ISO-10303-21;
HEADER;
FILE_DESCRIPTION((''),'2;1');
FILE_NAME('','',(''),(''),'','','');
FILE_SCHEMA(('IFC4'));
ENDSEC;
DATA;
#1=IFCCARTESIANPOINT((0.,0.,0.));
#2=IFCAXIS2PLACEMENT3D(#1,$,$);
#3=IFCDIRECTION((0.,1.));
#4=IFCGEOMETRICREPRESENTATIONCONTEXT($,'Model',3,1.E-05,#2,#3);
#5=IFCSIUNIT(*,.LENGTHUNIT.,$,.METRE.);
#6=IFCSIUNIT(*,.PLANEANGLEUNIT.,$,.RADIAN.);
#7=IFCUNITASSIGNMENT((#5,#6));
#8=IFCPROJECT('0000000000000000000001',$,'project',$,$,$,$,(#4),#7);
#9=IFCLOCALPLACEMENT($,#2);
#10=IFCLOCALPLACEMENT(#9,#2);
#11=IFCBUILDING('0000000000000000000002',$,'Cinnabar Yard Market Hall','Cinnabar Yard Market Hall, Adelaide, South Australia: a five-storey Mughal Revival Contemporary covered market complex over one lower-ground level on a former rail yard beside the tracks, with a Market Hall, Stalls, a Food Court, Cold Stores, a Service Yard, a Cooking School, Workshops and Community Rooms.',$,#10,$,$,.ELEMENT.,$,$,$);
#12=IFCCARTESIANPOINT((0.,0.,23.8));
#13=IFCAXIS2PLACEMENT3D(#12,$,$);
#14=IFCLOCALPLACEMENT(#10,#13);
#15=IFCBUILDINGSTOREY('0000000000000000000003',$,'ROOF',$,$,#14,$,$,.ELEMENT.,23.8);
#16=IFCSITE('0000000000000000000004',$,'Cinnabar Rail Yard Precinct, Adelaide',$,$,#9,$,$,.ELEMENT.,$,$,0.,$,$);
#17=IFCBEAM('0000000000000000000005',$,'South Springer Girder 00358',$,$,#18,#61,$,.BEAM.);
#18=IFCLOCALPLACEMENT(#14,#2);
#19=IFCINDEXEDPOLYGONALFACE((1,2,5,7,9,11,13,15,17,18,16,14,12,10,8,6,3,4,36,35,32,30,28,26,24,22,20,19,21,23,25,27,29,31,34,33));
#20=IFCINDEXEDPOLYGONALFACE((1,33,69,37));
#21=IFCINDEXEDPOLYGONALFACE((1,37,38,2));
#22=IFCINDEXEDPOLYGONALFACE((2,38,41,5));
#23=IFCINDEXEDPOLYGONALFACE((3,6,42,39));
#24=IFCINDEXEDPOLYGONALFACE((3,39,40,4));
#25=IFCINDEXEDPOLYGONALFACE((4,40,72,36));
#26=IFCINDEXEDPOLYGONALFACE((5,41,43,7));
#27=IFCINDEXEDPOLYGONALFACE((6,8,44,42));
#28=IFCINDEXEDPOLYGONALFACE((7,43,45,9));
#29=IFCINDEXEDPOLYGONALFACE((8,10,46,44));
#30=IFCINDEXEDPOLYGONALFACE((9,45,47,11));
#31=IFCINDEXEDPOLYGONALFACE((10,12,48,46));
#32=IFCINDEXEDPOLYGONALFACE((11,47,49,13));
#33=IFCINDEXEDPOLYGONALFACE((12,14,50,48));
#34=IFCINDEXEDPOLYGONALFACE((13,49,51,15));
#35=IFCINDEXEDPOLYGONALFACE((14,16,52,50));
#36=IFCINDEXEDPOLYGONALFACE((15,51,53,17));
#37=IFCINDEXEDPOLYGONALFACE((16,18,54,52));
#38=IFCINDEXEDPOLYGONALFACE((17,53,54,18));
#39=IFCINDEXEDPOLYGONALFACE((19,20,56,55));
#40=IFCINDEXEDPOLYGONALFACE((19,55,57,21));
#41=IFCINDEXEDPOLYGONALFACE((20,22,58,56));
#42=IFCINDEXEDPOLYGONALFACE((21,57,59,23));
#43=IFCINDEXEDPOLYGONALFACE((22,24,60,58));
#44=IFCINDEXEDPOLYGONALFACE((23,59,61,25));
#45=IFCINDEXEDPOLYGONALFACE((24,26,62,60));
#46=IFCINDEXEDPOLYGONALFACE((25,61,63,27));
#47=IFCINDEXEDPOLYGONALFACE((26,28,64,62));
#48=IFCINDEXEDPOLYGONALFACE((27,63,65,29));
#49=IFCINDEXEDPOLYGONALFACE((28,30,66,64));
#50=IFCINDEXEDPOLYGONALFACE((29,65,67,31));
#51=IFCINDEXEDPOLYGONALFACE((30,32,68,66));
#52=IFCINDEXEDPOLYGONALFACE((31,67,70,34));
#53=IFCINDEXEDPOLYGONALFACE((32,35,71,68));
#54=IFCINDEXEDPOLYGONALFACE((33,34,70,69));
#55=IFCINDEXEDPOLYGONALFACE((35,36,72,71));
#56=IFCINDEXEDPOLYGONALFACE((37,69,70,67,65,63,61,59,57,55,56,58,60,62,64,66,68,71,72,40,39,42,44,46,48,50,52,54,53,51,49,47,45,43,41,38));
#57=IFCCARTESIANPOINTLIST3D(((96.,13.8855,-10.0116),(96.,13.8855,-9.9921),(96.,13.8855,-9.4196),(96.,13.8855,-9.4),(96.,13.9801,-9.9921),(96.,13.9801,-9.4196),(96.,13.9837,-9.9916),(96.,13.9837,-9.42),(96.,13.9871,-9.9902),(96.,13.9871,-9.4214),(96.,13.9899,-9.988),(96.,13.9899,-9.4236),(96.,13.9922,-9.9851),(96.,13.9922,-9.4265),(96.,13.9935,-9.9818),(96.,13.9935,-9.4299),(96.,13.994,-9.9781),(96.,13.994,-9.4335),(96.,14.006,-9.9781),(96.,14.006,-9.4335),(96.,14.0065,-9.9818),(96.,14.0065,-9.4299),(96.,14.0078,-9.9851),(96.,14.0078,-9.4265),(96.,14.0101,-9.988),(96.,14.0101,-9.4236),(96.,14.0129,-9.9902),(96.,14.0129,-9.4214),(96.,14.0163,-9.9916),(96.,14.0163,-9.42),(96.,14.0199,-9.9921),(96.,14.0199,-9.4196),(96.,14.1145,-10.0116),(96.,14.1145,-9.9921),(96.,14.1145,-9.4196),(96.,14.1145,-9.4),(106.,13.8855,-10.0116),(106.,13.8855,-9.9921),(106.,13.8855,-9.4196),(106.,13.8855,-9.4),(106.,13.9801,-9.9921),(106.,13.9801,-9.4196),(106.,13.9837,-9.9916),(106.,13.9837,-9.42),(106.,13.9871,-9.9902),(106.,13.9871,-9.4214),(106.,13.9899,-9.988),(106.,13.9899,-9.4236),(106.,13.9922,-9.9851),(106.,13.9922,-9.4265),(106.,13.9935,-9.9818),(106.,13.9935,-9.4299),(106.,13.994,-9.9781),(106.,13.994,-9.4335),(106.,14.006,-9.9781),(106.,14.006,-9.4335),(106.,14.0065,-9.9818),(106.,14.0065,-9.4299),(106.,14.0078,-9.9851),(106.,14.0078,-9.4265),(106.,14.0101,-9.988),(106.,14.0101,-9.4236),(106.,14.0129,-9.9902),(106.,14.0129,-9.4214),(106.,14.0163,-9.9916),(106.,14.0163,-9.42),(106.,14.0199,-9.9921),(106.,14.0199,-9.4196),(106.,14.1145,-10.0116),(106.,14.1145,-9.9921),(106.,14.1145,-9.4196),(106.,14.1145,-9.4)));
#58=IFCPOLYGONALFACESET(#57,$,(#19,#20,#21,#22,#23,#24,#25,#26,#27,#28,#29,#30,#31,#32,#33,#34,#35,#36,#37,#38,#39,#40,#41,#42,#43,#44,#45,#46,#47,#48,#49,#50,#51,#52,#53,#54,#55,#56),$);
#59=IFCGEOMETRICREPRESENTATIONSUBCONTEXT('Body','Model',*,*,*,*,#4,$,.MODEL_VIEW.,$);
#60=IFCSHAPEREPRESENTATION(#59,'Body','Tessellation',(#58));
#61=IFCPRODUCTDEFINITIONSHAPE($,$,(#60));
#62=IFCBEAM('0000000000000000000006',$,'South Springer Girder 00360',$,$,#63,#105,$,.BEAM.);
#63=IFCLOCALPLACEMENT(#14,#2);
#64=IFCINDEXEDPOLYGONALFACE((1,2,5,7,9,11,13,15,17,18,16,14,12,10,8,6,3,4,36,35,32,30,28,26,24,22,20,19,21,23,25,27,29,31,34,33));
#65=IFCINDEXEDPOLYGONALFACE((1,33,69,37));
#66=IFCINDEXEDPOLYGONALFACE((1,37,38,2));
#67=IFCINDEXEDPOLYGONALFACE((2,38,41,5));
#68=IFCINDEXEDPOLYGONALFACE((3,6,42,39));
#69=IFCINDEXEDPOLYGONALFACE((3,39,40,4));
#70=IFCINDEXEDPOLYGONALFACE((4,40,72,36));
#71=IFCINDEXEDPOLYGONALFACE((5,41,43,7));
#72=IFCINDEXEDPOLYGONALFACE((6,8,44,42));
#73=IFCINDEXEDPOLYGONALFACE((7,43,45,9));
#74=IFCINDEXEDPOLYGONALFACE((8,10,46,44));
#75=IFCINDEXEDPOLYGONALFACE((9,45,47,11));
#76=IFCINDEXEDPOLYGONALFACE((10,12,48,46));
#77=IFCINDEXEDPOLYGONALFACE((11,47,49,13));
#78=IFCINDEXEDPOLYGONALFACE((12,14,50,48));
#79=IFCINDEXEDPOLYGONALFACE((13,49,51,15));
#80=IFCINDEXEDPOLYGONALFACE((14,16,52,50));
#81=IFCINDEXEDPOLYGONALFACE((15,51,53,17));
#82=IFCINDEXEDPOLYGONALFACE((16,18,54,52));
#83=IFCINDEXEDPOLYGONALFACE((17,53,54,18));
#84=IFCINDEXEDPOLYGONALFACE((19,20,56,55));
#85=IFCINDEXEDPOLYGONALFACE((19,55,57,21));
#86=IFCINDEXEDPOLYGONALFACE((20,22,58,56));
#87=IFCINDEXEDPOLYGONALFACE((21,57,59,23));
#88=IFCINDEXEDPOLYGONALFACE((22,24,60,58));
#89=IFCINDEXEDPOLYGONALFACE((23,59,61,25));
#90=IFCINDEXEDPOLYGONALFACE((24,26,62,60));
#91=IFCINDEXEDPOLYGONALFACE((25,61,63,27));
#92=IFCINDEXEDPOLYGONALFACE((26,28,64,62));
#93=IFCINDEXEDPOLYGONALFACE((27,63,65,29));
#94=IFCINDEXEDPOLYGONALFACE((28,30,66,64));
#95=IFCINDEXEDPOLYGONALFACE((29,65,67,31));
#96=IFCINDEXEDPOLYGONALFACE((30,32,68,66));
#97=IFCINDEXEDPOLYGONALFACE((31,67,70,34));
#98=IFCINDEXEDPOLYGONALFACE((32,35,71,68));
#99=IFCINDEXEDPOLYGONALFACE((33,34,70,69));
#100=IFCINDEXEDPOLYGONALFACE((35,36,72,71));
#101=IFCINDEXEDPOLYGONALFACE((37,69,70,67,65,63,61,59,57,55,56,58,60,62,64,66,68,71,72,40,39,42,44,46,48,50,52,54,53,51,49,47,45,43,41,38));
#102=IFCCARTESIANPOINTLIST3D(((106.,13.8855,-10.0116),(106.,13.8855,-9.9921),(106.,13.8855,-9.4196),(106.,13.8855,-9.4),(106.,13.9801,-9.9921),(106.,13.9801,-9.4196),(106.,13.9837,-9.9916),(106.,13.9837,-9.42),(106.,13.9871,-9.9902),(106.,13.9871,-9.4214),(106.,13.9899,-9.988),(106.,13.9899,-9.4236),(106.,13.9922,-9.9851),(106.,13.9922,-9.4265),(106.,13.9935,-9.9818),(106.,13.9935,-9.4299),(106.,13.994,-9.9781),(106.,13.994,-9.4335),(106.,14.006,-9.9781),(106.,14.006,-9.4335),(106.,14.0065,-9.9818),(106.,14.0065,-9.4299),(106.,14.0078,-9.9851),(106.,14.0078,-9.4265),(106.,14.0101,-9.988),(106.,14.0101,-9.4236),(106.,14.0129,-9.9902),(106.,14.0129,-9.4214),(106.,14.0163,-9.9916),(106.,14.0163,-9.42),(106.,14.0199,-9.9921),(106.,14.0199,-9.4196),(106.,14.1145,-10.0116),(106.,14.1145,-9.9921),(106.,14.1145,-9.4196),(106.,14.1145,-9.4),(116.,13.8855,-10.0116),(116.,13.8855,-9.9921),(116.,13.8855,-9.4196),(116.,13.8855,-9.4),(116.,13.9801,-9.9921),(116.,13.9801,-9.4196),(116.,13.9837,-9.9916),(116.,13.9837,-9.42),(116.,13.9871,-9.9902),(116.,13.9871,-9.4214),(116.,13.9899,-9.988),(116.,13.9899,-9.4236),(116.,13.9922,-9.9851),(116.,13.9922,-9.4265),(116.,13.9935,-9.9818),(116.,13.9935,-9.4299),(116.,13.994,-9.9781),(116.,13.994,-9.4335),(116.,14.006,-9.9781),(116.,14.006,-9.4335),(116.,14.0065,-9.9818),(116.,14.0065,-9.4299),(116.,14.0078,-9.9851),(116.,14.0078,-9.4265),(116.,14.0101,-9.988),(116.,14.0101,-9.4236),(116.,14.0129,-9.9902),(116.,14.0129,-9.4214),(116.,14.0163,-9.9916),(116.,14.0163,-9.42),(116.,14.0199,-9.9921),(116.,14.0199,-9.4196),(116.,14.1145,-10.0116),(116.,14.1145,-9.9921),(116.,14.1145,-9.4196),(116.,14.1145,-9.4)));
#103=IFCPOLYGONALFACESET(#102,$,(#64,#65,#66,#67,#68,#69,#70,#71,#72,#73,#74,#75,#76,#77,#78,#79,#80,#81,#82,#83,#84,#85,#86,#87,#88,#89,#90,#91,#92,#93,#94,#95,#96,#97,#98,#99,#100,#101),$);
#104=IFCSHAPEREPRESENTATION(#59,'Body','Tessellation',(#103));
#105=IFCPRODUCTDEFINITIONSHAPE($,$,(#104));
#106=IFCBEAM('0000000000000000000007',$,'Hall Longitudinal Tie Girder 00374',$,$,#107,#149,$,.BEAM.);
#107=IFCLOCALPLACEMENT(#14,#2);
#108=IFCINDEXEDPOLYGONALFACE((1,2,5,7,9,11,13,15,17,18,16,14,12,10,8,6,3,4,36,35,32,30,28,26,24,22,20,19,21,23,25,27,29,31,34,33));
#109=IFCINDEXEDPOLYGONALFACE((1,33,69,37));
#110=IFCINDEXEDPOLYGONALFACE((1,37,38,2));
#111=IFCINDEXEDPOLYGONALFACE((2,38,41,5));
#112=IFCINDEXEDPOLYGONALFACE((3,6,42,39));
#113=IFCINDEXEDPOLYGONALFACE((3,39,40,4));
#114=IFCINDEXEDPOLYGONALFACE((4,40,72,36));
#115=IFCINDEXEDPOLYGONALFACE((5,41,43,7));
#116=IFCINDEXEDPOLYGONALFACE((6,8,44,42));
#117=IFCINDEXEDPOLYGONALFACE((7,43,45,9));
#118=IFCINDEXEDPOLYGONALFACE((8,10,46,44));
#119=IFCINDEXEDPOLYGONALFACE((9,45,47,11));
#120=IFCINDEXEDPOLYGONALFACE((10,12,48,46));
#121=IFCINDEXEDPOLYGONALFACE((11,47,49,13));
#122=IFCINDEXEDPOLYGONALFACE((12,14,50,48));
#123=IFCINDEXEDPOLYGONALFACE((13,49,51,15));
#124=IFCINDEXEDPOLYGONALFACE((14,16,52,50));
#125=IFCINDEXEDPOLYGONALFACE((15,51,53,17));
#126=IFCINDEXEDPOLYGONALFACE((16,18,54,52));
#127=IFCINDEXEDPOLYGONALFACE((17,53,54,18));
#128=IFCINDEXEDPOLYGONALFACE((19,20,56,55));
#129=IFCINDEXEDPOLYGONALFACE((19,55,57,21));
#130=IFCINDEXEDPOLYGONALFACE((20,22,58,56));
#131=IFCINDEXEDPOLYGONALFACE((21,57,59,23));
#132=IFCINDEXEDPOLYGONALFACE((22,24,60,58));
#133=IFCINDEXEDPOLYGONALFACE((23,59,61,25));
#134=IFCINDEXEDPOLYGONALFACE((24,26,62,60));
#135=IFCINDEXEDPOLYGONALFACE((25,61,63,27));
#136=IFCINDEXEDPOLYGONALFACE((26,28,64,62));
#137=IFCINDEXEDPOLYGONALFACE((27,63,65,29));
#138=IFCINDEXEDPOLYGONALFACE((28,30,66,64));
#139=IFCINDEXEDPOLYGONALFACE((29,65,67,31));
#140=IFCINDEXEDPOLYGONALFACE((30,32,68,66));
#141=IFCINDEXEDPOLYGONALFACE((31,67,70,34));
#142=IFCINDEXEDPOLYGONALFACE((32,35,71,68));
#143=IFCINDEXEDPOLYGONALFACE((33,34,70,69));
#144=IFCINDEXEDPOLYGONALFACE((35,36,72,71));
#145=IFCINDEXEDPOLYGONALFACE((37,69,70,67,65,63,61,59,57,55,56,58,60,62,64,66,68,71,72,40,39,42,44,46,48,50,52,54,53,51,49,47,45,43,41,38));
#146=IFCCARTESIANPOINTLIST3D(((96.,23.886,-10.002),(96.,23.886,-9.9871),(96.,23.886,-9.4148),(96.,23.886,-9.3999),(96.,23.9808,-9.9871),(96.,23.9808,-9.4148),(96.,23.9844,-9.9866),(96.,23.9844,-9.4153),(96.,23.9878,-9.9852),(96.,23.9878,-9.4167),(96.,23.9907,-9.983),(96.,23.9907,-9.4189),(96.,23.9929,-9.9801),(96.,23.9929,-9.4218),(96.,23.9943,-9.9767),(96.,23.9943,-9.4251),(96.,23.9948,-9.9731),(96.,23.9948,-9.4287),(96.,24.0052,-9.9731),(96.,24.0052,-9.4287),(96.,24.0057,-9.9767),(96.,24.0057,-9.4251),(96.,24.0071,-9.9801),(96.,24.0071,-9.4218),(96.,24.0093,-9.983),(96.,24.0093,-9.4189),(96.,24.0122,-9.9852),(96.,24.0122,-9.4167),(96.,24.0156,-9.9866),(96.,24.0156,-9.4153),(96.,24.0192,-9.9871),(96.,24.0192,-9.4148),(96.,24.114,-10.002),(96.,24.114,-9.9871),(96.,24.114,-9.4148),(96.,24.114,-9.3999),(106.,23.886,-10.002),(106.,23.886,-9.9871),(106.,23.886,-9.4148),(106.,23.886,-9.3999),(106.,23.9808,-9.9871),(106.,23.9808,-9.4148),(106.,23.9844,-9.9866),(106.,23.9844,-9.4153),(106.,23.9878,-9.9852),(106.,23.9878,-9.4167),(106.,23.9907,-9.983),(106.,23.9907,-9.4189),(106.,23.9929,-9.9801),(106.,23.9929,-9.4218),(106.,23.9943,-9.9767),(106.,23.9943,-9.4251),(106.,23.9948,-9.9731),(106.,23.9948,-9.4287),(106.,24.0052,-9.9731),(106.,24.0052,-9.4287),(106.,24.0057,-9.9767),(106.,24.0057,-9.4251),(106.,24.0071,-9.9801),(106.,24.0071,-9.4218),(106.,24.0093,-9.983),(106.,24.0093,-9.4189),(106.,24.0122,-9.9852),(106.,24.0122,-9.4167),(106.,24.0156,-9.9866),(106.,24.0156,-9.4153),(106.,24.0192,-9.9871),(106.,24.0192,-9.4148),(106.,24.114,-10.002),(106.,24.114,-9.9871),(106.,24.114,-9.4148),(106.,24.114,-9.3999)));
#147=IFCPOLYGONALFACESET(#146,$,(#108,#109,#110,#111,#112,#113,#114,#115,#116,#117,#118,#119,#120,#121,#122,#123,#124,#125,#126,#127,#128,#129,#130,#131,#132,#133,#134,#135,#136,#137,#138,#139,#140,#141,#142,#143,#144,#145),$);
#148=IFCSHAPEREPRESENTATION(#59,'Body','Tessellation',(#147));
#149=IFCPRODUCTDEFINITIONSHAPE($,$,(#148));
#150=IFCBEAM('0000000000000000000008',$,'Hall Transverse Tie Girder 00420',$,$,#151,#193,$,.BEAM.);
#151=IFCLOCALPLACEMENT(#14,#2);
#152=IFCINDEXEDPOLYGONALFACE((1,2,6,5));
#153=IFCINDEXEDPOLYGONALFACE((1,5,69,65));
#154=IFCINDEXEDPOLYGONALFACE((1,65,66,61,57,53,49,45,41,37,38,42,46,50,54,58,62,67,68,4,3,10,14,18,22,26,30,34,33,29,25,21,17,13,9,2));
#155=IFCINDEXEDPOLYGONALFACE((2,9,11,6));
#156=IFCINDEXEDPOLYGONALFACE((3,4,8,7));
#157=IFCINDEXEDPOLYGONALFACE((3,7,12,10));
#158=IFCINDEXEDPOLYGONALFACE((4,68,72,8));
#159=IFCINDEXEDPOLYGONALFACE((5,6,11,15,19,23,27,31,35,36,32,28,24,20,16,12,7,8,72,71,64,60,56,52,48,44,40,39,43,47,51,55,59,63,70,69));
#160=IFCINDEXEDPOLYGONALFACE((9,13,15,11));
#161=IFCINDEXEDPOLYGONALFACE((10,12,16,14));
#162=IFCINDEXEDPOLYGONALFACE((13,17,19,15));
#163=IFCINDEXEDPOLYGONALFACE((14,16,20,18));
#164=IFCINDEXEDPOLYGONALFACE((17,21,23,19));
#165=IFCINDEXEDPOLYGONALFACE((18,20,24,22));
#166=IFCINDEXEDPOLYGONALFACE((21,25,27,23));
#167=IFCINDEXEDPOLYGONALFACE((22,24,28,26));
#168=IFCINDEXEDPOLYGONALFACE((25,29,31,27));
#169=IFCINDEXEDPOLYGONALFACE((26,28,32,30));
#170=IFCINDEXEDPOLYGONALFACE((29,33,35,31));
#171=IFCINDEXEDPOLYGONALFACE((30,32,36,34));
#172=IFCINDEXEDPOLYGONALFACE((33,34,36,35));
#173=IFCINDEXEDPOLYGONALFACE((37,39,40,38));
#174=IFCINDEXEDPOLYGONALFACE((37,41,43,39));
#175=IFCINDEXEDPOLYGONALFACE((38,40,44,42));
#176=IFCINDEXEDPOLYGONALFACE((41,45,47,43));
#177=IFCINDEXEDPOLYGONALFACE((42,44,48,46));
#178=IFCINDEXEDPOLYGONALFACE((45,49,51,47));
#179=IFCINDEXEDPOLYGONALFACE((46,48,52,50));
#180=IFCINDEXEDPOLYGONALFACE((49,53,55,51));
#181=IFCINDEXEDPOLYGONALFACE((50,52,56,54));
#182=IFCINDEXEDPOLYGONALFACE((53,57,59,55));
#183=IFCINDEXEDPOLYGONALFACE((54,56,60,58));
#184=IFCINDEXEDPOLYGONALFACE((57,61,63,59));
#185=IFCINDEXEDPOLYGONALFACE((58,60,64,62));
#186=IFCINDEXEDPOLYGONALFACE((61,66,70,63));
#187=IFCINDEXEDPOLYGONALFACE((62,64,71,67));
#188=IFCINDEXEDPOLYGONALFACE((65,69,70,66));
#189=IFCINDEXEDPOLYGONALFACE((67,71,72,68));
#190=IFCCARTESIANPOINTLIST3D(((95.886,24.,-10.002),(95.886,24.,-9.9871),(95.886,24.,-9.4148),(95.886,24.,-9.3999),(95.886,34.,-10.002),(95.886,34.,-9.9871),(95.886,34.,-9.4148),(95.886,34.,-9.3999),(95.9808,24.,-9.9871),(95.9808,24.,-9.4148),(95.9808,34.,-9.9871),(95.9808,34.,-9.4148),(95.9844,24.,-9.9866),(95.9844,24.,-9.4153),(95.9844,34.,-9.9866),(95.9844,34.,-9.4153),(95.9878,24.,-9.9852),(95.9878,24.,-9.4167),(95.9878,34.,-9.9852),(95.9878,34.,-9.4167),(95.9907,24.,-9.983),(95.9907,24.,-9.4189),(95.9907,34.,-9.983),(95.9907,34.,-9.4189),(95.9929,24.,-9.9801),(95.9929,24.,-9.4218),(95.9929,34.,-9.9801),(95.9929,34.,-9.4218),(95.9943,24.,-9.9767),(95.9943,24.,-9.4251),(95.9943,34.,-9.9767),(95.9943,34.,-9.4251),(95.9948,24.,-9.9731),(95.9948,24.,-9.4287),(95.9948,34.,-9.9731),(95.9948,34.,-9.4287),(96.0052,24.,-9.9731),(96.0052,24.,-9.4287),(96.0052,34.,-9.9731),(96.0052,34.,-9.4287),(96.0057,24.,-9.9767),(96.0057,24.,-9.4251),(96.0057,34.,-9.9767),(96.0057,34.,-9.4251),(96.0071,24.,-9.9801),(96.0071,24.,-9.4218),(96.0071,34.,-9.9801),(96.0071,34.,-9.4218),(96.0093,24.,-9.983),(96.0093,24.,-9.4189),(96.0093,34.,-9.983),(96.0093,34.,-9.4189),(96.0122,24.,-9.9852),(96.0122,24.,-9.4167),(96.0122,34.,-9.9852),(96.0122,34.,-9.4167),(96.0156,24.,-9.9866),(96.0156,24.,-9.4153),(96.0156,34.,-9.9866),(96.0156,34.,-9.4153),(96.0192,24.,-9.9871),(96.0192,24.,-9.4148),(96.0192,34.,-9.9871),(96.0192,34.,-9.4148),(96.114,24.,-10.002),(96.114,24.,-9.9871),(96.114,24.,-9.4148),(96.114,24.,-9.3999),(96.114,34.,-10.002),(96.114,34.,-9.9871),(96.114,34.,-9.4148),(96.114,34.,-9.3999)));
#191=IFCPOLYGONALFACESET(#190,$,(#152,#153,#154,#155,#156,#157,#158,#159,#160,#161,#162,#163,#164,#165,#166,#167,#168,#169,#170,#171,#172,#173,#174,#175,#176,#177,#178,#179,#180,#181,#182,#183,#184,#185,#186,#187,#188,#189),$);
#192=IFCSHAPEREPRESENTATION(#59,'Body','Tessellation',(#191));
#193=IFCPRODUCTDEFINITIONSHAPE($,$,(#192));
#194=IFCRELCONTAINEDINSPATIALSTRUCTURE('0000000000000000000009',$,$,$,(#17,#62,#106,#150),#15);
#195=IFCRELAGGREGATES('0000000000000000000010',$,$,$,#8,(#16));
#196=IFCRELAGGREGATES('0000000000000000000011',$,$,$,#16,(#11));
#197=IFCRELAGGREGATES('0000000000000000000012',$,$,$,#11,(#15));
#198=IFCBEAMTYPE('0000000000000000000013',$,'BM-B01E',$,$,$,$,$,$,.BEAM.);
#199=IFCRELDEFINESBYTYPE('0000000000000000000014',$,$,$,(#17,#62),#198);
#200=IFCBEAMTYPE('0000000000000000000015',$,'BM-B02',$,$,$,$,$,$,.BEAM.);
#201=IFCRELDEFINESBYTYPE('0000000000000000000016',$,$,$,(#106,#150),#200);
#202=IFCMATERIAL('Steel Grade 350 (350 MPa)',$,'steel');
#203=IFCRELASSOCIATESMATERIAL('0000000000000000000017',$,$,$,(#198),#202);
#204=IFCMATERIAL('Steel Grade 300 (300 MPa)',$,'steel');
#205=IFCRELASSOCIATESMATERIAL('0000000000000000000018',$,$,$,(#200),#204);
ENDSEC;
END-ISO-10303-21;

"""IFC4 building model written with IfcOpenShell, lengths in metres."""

from ifc_helpers import new_model, si_unit, direction, frame, origin, origin_2d_with_axis, place, context, subcontext, project, spatial, i_section, extrude, material, material_profile, profile_set, type_object, element, save


model = new_model("IFC4")

# Units and contexts
model_context = context("Model", 3, precision=1e-05, world=origin(), true_north=direction((0.0, 1.0)))
body_context = subcontext(model_context, "Body", "Model", "MODEL_VIEW")
ifc_project = project(units=[si_unit("LENGTHUNIT", "METRE"), si_unit("PLANEANGLEUNIT", "RADIAN")], contexts=[model_context])

# Site, building, storey
site_placement = place(None, origin())
site = spatial("IfcSite", under=ifc_project, at=site_placement, Name="Cinnabar Rail Yard Precinct, Adelaide", CompositionType="ELEMENT", RefElevation=0.0)
building_placement = place(site_placement, origin())
building = spatial("IfcBuilding", under=site, at=building_placement, Name="Cinnabar Yard Market Hall", Description="Cinnabar Yard Market Hall, Adelaide, South Australia: a five-storey Mughal Revival Contemporary covered market complex over one lower-ground level on a former rail yard beside the tracks, with a Market Hall, Stalls, a Food Court, Cold Stores, a Service Yard, a Cooking School, Workshops and Community Rooms.", CompositionType="ELEMENT")
storey_placement = place(building_placement, frame((0.0, 0.0, 23.8)))
storey = spatial("IfcBuildingStorey", under=building, at=storey_placement, Name="ROOF", CompositionType="ELEMENT", Elevation=23.8)

# Beams
ifc_material_1 = material(Name="Steel Grade 350 (350 MPa)", Category="steel")
ifc_material_profile_1 = material_profile(ifc_material_1, i_section(OverallWidth=0.229, OverallDepth=0.6116, WebThickness=0.012, FlangeThickness=0.0195, FilletRadius=0.0139, at=origin_2d_with_axis()), Name="610UB125")
ifc_profile_set_1 = profile_set([ifc_material_profile_1], Name="Steel Grade 350 (350 MPa)")
beam_type_1 = type_object("IfcBeamType", Name="BM-B01E", PredefinedType="BEAM", material=ifc_profile_set_1)
for number, where, z_axis, x_axis, name in (
    (1, (96.0, 14.0, -9.7058), (1.0, 0.0, 0.0), (0.0, 1.0, 0.0), "South Springer Girder 00358"),
    (2, (106.0, 14.0, -9.7058), (1.0, 0.0, 0.0), (0.0, 1.0, 0.0), "South Springer Girder 00360"),
):
    element("IfcBeam", number, at=place(storey_placement, frame(where, z_axis=z_axis, x_axis=x_axis)), inside=storey, type_object=beam_type_1, Name=name, PredefinedType="BEAM", context=body_context, shape_type="SweptSolid", body=[
        extrude(i_section(OverallWidth=0.229, OverallDepth=0.6116, WebThickness=0.012, FlangeThickness=0.0195, FilletRadius=0.0139, at=origin_2d_with_axis()), origin(), (0.0, 0.0, 1.0), 10.0),
    ])
ifc_material_2 = material(Name="Steel Grade 300 (300 MPa)", Category="steel")
ifc_material_profile_2 = material_profile(ifc_material_2, i_section(OverallWidth=0.228, OverallDepth=0.6021, WebThickness=0.0105, FlangeThickness=0.0149, FilletRadius=0.0139, at=origin_2d_with_axis()), Name="610UB101")
ifc_profile_set_2 = profile_set([ifc_material_profile_2], Name="Steel Grade 300 (300 MPa)")
beam_type_2 = type_object("IfcBeamType", Name="BM-B02", PredefinedType="BEAM", material=ifc_profile_set_2)
for number, where, z_axis, x_axis, name in (
    (3, (96.0, 24.0, -9.7009), (1.0, 0.0, 0.0), (0.0, 1.0, 0.0), "Hall Longitudinal Tie Girder 00374"),
    (4, (96.0, 24.0, -9.7009), (0.0, 1.0, 0.0), (-1.0, 0.0, 0.0), "Hall Transverse Tie Girder 00420"),
):
    element("IfcBeam", number, at=place(storey_placement, frame(where, z_axis=z_axis, x_axis=x_axis)), inside=storey, type_object=beam_type_2, Name=name, PredefinedType="BEAM", context=body_context, shape_type="SweptSolid", body=[
        extrude(i_section(OverallWidth=0.228, OverallDepth=0.6021, WebThickness=0.0105, FlangeThickness=0.0149, FilletRadius=0.0139, at=origin_2d_with_axis()), origin(), (0.0, 0.0, 1.0), 10.0),
    ])

save(model, "model.ifc")
